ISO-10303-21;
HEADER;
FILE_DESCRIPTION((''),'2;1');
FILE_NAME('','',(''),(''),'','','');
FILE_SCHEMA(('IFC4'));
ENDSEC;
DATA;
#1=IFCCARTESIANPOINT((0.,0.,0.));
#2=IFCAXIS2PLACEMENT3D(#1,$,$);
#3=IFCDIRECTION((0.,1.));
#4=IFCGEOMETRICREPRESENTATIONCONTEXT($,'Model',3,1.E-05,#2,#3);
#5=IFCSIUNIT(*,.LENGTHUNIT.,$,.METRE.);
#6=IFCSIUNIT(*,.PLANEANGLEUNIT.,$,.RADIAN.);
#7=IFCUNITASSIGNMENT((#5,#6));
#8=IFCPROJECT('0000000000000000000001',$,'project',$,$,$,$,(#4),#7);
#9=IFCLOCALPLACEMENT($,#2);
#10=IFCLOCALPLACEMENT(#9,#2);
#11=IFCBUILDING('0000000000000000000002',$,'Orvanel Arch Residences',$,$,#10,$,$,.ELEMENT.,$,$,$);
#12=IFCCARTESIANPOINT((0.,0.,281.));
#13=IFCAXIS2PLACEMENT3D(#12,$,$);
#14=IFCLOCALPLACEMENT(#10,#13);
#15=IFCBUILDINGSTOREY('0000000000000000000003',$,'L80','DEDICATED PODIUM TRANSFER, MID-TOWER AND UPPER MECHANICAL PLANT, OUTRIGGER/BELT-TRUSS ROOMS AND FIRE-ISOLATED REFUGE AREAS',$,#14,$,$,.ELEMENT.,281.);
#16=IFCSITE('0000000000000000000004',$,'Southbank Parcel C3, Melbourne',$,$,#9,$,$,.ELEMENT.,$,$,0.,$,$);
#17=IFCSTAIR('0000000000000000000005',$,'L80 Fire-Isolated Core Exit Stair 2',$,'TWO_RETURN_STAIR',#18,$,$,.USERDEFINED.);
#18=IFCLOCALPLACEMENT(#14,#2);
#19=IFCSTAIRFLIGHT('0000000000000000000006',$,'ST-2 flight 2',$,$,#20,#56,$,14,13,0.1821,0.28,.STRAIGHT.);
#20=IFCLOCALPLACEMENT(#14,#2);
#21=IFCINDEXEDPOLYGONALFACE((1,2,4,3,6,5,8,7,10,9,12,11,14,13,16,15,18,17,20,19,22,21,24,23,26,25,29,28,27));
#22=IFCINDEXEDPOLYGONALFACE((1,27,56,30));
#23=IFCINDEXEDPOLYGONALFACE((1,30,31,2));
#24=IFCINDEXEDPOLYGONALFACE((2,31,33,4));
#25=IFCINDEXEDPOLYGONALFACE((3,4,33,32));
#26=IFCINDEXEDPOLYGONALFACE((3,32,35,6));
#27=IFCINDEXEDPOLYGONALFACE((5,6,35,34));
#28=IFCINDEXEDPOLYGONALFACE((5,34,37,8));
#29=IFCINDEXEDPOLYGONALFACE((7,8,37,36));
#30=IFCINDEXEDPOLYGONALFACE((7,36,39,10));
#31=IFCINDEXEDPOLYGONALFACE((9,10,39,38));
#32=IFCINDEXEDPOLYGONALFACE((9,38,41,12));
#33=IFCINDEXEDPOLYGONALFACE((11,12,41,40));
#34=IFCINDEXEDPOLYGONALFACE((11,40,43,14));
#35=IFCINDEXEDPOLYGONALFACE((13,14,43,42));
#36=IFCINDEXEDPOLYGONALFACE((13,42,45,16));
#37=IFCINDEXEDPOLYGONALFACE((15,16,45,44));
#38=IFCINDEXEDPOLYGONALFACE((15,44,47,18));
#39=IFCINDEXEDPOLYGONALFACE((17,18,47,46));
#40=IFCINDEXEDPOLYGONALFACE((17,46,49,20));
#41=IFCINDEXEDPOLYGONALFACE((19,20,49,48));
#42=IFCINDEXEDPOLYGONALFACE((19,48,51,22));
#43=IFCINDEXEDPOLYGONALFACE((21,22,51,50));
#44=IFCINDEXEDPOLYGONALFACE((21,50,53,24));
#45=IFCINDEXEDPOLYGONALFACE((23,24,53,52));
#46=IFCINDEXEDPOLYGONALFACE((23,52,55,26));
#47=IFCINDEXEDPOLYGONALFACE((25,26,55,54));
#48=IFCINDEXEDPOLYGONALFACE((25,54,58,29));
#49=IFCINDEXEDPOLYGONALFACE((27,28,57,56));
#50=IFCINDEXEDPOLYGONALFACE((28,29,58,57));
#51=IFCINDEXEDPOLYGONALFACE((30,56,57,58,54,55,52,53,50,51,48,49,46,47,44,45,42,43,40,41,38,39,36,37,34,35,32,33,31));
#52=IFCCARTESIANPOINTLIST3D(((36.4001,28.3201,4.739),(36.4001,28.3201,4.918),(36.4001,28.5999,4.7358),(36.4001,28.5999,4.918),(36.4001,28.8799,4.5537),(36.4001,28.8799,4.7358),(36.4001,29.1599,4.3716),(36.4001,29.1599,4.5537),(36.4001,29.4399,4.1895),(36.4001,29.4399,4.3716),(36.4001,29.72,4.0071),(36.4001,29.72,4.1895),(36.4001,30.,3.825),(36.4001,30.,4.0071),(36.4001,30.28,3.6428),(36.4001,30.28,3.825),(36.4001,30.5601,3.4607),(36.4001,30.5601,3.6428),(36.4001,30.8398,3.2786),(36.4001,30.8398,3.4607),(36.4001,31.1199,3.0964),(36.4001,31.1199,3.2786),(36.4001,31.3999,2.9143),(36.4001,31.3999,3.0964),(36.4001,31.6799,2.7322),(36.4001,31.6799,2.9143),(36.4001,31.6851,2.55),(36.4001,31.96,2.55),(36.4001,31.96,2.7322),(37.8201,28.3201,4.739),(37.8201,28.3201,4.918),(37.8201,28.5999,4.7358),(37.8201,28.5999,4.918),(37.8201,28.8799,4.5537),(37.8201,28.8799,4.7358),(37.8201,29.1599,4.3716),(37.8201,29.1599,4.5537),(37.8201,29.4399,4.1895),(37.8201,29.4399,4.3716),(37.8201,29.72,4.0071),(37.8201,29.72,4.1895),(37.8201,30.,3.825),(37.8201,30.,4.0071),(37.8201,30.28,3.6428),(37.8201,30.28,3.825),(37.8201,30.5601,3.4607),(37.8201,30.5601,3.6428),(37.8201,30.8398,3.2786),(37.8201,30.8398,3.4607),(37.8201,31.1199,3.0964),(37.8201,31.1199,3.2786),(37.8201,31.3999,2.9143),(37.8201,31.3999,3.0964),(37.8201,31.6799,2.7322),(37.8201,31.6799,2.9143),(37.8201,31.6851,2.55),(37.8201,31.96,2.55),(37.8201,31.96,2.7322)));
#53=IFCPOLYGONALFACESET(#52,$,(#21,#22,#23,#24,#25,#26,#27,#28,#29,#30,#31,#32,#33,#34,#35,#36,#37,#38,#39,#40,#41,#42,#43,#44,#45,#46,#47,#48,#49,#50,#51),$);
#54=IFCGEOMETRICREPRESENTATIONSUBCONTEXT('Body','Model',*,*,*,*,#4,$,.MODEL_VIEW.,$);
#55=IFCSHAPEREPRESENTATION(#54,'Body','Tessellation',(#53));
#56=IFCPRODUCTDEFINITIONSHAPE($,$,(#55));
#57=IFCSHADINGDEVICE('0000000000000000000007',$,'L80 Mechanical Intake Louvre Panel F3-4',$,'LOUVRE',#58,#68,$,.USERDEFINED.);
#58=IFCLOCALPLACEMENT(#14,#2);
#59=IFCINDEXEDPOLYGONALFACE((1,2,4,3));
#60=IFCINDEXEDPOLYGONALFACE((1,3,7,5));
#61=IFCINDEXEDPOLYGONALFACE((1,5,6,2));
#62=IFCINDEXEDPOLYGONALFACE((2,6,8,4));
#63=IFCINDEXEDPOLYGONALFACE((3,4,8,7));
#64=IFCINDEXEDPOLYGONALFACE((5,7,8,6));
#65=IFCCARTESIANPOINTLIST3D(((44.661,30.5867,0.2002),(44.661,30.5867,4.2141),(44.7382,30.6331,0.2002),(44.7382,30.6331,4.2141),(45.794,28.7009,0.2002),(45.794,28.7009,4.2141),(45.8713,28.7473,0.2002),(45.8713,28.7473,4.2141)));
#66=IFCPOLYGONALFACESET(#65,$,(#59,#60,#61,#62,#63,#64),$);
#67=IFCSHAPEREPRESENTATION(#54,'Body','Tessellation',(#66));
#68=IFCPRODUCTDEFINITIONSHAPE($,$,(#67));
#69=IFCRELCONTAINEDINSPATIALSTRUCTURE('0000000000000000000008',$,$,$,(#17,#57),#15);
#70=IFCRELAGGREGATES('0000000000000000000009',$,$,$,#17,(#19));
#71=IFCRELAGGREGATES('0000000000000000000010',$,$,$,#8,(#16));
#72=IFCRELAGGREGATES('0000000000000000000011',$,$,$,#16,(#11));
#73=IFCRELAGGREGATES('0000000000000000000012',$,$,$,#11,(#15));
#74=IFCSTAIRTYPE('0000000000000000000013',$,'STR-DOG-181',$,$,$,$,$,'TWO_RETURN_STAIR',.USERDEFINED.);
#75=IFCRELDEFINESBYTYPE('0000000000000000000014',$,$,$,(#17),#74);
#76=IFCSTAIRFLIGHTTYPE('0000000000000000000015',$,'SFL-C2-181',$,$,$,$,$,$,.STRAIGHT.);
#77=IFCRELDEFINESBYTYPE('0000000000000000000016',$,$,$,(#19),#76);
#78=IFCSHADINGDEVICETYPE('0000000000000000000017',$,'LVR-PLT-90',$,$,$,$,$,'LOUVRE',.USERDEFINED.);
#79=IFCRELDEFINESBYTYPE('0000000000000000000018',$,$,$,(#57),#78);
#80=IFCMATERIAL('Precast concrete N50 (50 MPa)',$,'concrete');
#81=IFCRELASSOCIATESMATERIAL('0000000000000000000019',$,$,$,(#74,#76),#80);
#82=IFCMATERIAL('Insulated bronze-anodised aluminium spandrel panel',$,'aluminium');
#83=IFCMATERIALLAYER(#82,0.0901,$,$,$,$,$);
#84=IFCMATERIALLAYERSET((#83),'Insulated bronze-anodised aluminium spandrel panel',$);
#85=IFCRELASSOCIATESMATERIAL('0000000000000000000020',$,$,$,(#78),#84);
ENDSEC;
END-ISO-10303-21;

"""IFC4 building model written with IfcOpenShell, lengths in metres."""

from ifc_helpers import new_model, si_unit, direction, frame, origin, origin_2d, place, context, subcontext, project, spatial, polyline, rectangle, outline, extrude, material, layer, layer_set, type_object, element, aggregate, save


model = new_model("IFC4")

# Units and contexts
model_context = context("Model", 3, precision=1e-05, world=origin(), true_north=direction((0.0, 1.0)))
body_context = subcontext(model_context, "Body", "Model", "MODEL_VIEW")
ifc_project = project(units=[si_unit("LENGTHUNIT", "METRE"), si_unit("PLANEANGLEUNIT", "RADIAN")], contexts=[model_context])

# Site, building, storey
site_placement = place(None, origin())
site = spatial("IfcSite", under=ifc_project, at=site_placement, Name="Southbank Parcel C3, Melbourne", CompositionType="ELEMENT", RefElevation=0.0)
building_placement = place(site_placement, origin())
building = spatial("IfcBuilding", under=site, at=building_placement, Name="Orvanel Arch Residences", CompositionType="ELEMENT")
storey_placement = place(building_placement, frame((0.0, 0.0, 281.0)))
storey = spatial("IfcBuildingStorey", under=building, at=storey_placement, Name="L80", Description="DEDICATED PODIUM TRANSFER, MID-TOWER AND UPPER MECHANICAL PLANT, OUTRIGGER/BELT-TRUSS ROOMS AND FIRE-ISOLATED REFUGE AREAS", CompositionType="ELEMENT", Elevation=281.0)

# Shared definitions
ifc_material_1 = material(Name="Precast concrete N50 (50 MPa)", Category="concrete")

# Stair, stair flight
stair_type = type_object("IfcStairType", Name="STR-DOG-181", ElementType="TWO_RETURN_STAIR", PredefinedType="USERDEFINED", material=ifc_material_1)
stair_placement = place(storey_placement, origin())
stair = element("IfcStair", 1, at=stair_placement, inside=storey, type_object=stair_type, Name="L80 Fire-Isolated Core Exit Stair 2", ObjectType="TWO_RETURN_STAIR", PredefinedType="USERDEFINED")
stair_flight_type = type_object("IfcStairFlightType", Name="SFL-C2-181", PredefinedType="STRAIGHT", material=ifc_material_1)
stair_flight_1_placement = place(storey_placement, frame((37.1101, 31.96, 2.55), z_axis=(0.0, 0.0, 1.0), x_axis=(0.0, -1.0, 0.0)))
stair_flight_1 = element("IfcStairFlight", 2, at=stair_flight_1_placement, type_object=stair_flight_type, Name="ST-2 flight 2", NumberOfRisers=14, NumberOfTreads=13, PredefinedType="STRAIGHT", RiserHeight=0.1821, TreadLength=0.28, context=body_context, shape_type="SweptSolid", body=[
    extrude(outline(polyline([(0.0, 0.0), (0.0, 0.1821), (0.28, 0.1821), (0.28, 0.3643), (0.5601, 0.3643), (0.5601, 0.5464), (0.8401, 0.5464), (0.8401, 0.7285), (1.1201, 0.7285), (1.1201, 0.9106), (1.3999, 0.9106), (1.3999, 1.0928), (1.6799, 1.0928), (1.6799, 1.2749), (1.96, 1.2749), (1.96, 1.457), (2.24, 1.457), (2.24, 1.6394), (2.52, 1.6394), (2.52, 1.8215), (2.8, 1.8215), (2.8, 2.0037), (3.0801, 2.0037), (3.0801, 2.1858), (3.3601, 2.1858), (3.3601, 2.3679), (3.6399, 2.3679), (3.6399, 2.55), (3.6399, 2.189), (0.2749, 0.0), (0.0, 0.0)])), frame((0.0, 0.71, 0.0), z_axis=(0.0, -1.0, 0.0), x_axis=(1.0, 0.0, 0.0)), (0.0, 0.0, 1.0), 1.4199),
])
aggregate(stair, [stair_flight_1])

# Shading device
ifc_material_2 = material(Name="Insulated bronze-anodised aluminium spandrel panel", Category="aluminium")
ifc_layer_1 = layer(ifc_material_2, 0.0901)
ifc_layer_set_1 = layer_set([ifc_layer_1], Name="Insulated bronze-anodised aluminium spandrel panel")
shading_device_type = type_object("IfcShadingDeviceType", Name="LVR-PLT-90", ElementType="LOUVRE", PredefinedType="USERDEFINED", material=ifc_layer_set_1)
shading_device_placement = place(storey_placement, frame((45.2661, 29.667, 0.2002), z_axis=(0.0, 0.0, 1.0), x_axis=(-0.515038, 0.857167, 0.0)))
element("IfcShadingDevice", 3, at=shading_device_placement, inside=storey, type_object=shading_device_type, Name="L80 Mechanical Intake Louvre Panel F3-4", ObjectType="LOUVRE", PredefinedType="USERDEFINED", context=body_context, shape_type="SweptSolid", body=[
    extrude(rectangle(XDim=2.2, YDim=0.0901, at=origin_2d()), origin(), (0.0, 0.0, 1.0), 4.0139),
])

save(model, "model.ifc")
